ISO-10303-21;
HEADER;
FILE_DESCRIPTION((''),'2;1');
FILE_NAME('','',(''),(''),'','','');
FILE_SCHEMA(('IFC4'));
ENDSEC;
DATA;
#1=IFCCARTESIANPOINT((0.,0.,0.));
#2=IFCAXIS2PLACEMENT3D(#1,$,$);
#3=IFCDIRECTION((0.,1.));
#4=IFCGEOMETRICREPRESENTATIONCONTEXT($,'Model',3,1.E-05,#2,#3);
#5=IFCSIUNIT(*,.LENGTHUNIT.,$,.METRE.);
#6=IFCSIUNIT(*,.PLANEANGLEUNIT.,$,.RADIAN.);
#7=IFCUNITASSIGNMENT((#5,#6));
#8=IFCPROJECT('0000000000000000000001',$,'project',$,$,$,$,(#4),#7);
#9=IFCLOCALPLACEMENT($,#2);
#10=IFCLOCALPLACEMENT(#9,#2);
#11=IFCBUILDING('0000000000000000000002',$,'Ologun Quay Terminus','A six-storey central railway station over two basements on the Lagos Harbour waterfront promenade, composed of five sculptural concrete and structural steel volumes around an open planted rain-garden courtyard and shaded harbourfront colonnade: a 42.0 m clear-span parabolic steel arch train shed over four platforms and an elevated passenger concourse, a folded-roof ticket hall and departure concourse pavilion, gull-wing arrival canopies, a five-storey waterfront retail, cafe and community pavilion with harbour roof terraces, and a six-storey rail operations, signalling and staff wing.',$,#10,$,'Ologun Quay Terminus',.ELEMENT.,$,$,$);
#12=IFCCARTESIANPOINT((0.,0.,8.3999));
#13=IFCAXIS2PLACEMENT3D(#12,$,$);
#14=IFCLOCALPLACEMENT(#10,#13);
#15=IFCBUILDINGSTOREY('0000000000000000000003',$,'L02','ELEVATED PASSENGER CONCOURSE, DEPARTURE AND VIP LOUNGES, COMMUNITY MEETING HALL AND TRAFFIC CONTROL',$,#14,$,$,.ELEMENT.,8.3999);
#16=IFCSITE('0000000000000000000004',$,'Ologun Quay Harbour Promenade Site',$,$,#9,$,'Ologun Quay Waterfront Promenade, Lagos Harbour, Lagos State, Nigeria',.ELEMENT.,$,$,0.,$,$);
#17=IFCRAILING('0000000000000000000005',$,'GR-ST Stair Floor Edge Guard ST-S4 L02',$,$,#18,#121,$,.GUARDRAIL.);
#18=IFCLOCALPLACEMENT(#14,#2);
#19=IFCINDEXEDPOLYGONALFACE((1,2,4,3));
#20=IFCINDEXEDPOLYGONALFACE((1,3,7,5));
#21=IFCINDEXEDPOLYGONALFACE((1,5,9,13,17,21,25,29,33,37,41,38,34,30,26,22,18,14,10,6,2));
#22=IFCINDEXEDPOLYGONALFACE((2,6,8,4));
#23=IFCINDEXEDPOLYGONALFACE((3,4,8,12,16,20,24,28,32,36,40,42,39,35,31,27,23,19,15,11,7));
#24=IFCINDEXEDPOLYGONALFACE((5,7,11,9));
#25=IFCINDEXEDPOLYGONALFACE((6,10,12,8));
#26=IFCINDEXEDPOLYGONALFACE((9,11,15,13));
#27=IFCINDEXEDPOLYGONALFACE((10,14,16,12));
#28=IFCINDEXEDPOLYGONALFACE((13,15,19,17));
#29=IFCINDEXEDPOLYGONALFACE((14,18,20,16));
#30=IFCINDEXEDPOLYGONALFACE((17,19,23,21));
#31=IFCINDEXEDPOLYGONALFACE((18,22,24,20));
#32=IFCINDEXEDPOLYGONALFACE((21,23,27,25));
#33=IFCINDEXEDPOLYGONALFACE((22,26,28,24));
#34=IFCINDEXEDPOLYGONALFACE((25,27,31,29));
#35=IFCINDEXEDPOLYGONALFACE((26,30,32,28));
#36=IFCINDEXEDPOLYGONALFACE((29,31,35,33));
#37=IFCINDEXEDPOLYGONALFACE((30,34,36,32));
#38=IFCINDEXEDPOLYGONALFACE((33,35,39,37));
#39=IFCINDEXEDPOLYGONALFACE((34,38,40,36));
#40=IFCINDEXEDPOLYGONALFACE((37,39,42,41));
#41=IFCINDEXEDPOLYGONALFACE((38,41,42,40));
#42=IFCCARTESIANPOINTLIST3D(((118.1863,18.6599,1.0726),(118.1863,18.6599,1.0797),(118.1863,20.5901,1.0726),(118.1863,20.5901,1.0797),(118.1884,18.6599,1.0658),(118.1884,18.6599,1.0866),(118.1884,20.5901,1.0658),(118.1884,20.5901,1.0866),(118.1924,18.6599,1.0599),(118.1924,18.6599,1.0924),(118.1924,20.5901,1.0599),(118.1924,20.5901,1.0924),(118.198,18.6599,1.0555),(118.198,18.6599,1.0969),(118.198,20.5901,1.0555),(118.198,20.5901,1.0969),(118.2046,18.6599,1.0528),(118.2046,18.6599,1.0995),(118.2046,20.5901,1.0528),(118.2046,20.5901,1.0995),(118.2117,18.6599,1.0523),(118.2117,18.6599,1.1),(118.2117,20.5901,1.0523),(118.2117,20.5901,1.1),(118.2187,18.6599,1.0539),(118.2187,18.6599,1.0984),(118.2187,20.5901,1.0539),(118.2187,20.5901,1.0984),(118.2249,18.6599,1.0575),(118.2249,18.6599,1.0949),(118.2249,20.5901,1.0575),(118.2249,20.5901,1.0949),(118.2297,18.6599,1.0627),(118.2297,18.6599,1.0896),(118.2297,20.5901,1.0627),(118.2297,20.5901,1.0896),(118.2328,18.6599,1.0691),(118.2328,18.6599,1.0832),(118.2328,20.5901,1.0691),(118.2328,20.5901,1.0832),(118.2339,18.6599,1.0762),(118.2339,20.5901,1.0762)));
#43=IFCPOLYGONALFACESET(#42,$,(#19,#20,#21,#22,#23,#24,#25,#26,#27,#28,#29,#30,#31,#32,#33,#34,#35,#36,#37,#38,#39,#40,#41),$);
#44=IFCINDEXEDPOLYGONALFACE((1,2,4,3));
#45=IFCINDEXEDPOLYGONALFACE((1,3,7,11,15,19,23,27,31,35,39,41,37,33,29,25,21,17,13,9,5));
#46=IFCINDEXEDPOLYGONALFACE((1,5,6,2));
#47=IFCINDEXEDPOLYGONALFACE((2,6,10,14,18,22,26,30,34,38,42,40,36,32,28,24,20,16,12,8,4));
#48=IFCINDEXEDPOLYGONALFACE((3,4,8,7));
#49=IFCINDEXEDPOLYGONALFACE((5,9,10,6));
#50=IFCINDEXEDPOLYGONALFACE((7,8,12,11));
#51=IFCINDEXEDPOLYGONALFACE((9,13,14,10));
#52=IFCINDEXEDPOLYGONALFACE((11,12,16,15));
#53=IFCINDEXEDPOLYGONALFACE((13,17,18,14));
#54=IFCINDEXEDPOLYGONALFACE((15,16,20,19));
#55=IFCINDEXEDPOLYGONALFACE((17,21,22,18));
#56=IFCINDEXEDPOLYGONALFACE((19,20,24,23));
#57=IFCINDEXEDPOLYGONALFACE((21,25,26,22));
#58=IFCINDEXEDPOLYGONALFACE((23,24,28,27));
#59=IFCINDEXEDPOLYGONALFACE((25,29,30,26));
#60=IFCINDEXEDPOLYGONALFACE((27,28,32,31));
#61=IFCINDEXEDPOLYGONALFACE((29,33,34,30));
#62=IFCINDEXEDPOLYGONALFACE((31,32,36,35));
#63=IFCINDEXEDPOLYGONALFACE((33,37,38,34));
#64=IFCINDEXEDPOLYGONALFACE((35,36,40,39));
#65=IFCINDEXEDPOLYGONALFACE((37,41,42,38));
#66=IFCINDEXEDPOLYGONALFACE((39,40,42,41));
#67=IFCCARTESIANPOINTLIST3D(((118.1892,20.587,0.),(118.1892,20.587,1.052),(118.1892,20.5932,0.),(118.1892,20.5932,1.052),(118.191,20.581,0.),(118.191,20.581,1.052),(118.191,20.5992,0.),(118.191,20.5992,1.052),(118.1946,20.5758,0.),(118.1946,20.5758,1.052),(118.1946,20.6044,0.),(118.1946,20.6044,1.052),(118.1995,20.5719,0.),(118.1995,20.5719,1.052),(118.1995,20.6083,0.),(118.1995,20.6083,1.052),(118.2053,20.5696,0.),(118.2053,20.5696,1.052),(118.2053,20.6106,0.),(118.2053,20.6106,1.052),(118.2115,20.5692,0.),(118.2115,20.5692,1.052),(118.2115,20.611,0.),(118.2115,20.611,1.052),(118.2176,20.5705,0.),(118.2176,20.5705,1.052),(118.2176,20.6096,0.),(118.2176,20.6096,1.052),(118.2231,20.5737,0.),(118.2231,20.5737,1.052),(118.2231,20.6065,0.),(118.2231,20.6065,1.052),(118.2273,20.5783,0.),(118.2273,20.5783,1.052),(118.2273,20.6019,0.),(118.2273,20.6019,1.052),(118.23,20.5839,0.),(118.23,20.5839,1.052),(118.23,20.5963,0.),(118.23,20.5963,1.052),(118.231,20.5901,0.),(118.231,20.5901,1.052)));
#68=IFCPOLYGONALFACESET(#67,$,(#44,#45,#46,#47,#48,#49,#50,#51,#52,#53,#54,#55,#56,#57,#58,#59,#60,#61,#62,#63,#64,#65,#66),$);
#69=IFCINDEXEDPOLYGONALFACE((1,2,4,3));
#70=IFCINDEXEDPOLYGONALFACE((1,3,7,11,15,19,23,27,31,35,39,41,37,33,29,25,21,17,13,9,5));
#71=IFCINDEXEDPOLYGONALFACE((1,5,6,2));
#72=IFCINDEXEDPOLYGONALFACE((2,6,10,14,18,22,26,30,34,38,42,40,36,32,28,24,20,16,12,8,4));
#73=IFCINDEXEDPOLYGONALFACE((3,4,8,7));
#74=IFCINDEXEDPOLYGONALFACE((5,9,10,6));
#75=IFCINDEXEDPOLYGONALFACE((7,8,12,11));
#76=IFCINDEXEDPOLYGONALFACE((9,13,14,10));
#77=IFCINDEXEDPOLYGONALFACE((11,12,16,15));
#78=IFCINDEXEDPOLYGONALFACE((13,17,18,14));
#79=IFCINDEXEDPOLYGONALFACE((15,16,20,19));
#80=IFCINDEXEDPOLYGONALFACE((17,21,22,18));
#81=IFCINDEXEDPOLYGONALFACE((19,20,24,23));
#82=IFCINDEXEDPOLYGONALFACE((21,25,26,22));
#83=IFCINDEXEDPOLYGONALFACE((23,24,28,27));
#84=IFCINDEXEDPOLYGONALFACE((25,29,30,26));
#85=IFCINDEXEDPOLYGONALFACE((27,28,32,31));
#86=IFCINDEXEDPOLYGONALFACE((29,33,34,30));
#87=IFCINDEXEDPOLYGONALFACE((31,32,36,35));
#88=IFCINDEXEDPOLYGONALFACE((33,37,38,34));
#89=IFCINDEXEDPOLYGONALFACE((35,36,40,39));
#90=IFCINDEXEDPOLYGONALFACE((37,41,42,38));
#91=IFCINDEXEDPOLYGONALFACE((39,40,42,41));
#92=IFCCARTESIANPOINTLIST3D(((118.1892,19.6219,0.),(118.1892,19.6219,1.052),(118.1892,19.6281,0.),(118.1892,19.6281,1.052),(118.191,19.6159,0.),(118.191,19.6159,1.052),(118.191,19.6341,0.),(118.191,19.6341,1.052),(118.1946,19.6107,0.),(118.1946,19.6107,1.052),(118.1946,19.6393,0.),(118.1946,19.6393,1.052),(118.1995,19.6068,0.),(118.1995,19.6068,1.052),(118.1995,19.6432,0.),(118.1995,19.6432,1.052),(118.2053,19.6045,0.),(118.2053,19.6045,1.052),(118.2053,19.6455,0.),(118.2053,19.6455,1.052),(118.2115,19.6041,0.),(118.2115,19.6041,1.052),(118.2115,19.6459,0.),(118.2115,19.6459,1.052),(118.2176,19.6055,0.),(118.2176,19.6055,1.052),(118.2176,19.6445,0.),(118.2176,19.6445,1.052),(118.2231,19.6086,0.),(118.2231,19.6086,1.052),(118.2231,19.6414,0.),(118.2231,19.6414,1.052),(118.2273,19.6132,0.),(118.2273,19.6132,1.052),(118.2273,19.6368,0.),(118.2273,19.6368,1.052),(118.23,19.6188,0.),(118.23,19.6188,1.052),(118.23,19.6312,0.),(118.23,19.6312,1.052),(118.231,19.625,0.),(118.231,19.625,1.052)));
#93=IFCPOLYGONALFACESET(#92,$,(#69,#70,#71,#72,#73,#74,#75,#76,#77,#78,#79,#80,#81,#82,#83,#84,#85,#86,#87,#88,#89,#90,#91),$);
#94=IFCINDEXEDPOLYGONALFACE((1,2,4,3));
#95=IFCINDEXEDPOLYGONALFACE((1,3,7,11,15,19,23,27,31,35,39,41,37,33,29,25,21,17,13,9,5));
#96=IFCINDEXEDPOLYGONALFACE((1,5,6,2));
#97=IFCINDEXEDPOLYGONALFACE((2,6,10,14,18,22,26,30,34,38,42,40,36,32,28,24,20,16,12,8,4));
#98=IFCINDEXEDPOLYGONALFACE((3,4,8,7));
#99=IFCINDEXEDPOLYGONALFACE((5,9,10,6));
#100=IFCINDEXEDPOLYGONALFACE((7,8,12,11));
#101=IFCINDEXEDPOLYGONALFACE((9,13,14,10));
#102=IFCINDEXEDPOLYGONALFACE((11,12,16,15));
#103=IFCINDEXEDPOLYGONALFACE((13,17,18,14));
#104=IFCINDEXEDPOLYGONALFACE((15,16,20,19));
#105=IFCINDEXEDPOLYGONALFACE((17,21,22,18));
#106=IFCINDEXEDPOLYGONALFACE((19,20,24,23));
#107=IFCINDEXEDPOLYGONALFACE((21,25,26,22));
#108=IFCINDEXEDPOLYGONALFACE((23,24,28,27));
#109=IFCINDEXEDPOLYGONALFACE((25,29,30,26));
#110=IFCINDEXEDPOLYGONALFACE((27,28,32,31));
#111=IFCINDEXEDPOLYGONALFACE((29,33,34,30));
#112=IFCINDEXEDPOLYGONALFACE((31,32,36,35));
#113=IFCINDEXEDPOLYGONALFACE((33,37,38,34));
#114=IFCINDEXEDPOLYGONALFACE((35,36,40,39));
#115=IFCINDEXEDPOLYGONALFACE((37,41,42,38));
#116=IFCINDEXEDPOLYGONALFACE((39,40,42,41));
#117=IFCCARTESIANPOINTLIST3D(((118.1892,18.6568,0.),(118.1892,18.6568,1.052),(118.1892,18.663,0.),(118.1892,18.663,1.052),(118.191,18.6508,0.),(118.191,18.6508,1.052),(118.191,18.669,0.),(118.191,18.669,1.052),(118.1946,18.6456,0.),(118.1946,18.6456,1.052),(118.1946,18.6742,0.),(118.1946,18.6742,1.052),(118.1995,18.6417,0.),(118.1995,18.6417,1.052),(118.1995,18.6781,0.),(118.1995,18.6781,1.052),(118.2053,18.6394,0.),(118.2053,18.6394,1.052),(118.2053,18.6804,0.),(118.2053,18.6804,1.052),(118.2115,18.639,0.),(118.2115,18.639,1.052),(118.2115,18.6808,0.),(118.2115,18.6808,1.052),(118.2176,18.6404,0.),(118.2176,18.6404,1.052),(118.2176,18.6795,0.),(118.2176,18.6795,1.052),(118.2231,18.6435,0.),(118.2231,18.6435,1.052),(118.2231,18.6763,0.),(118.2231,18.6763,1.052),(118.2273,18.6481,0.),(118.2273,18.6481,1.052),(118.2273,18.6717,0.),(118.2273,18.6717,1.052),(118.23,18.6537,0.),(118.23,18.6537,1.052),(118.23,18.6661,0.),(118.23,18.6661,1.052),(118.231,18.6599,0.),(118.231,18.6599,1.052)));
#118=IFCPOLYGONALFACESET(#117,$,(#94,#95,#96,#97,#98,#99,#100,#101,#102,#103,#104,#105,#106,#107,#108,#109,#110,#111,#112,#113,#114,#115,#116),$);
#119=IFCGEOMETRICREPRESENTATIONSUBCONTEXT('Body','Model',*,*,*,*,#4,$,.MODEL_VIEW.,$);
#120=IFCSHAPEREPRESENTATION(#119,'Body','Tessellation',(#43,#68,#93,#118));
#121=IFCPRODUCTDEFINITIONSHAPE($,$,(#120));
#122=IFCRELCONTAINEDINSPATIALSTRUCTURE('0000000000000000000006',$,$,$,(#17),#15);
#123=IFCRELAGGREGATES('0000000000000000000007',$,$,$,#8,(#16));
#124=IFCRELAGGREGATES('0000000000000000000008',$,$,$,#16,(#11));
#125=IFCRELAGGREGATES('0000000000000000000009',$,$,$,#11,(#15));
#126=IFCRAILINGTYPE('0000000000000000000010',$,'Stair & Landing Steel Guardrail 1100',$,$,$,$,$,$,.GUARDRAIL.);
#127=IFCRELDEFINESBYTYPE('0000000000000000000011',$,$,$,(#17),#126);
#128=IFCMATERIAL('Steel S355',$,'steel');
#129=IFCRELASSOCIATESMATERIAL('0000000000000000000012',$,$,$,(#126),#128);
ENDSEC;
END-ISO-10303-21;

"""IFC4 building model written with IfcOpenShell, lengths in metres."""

from ifc_helpers import new_model, si_unit, direction, frame, origin, origin_2d, place, context, subcontext, project, spatial, circle, extrude, material, type_object, element, save


model = new_model("IFC4")

# Units and contexts
model_context = context("Model", 3, precision=1e-05, world=origin(), true_north=direction((0.0, 1.0)))
body_context = subcontext(model_context, "Body", "Model", "MODEL_VIEW")
ifc_project = project(units=[si_unit("LENGTHUNIT", "METRE"), si_unit("PLANEANGLEUNIT", "RADIAN")], contexts=[model_context])

# Site, building, storey
site_placement = place(None, origin())
site = spatial("IfcSite", under=ifc_project, at=site_placement, Name="Ologun Quay Harbour Promenade Site", LongName="Ologun Quay Waterfront Promenade, Lagos Harbour, Lagos State, Nigeria", CompositionType="ELEMENT", RefElevation=0.0)
building_placement = place(site_placement, origin())
building = spatial("IfcBuilding", under=site, at=building_placement, Name="Ologun Quay Terminus", Description="A six-storey central railway station over two basements on the Lagos Harbour waterfront promenade, composed of five sculptural concrete and structural steel volumes around an open planted rain-garden courtyard and shaded harbourfront colonnade: a 42.0 m clear-span parabolic steel arch train shed over four platforms and an elevated passenger concourse, a folded-roof ticket hall and departure concourse pavilion, gull-wing arrival canopies, a five-storey waterfront retail, cafe and community pavilion with harbour roof terraces, and a six-storey rail operations, signalling and staff wing.", LongName="Ologun Quay Terminus", CompositionType="ELEMENT")
storey_placement = place(building_placement, frame((0.0, 0.0, 8.3999)))
storey = spatial("IfcBuildingStorey", under=building, at=storey_placement, Name="L02", Description="ELEVATED PASSENGER CONCOURSE, DEPARTURE AND VIP LOUNGES, COMMUNITY MEETING HALL AND TRAFFIC CONTROL", CompositionType="ELEMENT", Elevation=8.3999)

# Railing
ifc_material_1 = material(Name="Steel S355", Category="steel")
railing_type_1 = type_object("IfcRailingType", Name="Stair & Landing Steel Guardrail 1100", PredefinedType="GUARDRAIL", material=ifc_material_1)
railing_1_placement = place(storey_placement, frame((118.21, 20.5901, 0.0)))
element("IfcRailing", 1, at=railing_1_placement, inside=storey, type_object=railing_type_1, Name="GR-ST Stair Floor Edge Guard ST-S4 L02", PredefinedType="GUARDRAIL", context=body_context, shape_type="SweptSolid", body=[
    extrude(circle(Radius=0.0239, at=origin_2d()), frame((0.0, 0.0, 1.0762), z_axis=(0.0, -1.0, 0.0), x_axis=(1.0, 0.0, 0.0)), (0.0, 0.0, 1.0), 1.9302),
    extrude(circle(Radius=0.021, at=origin_2d()), origin(), (0.0, 0.0, 1.0), 1.052),
    extrude(circle(Radius=0.021, at=origin_2d()), frame((0.0, -0.9651, 0.0)), (0.0, 0.0, 1.0), 1.052),
    extrude(circle(Radius=0.021, at=origin_2d()), frame((0.0, -1.9302, 0.0)), (0.0, 0.0, 1.0), 1.052),
])

save(model, "model.ifc")
